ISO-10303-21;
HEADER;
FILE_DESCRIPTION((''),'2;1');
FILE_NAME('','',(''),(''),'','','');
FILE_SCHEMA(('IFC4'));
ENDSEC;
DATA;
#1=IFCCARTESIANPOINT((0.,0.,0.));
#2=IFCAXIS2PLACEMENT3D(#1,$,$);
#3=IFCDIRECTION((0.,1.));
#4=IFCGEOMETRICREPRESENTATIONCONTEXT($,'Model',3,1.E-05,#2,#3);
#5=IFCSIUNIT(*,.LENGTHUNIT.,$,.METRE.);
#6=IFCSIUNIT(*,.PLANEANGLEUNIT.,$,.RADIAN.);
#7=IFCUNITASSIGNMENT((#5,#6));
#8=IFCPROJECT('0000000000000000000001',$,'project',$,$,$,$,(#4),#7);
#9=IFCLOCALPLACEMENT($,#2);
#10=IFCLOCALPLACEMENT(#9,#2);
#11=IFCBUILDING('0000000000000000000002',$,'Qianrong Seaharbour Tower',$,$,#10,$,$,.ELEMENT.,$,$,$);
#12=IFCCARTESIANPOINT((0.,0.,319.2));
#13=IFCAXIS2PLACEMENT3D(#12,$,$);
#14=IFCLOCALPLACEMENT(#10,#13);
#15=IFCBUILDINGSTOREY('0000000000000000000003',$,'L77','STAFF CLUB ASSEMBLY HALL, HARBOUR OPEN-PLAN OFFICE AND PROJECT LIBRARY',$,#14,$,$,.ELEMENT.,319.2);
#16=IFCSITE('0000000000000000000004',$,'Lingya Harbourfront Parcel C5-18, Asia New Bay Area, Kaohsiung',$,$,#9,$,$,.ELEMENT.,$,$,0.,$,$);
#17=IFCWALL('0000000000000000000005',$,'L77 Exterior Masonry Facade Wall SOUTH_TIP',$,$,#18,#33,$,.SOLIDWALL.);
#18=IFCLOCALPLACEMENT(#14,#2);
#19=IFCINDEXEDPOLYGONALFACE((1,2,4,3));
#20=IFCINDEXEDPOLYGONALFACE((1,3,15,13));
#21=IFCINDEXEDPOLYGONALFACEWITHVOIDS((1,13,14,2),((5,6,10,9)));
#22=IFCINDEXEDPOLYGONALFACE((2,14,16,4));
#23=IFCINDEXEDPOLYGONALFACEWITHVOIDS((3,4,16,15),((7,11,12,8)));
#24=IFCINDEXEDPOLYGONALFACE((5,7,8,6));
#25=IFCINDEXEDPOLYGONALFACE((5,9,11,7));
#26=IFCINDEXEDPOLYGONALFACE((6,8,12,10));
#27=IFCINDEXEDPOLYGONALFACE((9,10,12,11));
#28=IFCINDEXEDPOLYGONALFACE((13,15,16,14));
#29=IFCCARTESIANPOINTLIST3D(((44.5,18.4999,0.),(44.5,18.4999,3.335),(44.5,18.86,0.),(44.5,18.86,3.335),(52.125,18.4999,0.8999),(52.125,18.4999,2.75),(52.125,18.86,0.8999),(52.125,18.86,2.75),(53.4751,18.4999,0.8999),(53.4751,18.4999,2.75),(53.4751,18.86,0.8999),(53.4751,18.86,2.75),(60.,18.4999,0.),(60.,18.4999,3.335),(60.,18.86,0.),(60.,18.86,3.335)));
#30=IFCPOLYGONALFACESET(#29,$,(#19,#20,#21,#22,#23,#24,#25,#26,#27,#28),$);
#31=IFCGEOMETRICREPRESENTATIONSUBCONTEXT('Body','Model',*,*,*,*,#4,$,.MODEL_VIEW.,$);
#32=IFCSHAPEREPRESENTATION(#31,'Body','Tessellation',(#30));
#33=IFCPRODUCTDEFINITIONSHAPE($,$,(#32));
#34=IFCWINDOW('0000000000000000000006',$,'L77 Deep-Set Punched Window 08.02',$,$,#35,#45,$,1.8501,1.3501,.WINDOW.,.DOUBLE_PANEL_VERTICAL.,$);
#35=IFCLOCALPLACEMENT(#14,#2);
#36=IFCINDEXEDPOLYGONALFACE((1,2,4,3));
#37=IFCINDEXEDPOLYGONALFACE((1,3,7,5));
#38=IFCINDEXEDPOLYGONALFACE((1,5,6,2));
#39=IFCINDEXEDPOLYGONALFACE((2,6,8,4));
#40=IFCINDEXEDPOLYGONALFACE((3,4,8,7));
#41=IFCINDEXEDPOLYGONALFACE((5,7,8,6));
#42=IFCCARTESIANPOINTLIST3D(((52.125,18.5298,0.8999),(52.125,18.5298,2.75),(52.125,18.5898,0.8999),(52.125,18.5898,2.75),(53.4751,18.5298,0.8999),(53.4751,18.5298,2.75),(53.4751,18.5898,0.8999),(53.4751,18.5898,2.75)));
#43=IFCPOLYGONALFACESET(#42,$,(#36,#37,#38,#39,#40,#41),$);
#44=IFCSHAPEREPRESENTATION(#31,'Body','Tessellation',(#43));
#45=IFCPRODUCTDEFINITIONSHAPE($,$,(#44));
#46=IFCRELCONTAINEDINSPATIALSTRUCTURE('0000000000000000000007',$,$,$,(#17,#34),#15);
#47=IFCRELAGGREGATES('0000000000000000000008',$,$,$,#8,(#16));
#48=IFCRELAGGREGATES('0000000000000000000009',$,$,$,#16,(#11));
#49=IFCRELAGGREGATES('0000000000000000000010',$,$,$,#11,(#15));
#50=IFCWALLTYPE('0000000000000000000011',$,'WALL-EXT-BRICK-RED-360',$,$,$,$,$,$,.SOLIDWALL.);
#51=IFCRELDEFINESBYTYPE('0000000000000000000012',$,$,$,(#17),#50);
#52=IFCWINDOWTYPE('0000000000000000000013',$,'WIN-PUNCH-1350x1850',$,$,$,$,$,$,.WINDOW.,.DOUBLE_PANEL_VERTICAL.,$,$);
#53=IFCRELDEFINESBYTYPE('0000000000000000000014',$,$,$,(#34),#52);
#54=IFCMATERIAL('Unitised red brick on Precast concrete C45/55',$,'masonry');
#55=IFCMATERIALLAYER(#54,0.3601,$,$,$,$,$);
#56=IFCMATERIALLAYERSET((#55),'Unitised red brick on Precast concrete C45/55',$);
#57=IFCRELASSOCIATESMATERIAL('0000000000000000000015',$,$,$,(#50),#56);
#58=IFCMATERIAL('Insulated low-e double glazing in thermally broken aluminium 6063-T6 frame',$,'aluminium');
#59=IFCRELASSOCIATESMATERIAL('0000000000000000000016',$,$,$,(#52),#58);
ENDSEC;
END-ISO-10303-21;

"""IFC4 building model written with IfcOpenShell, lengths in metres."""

from ifc_helpers import new_model, si_unit, direction, frame, frame_2d, origin, place, context, subcontext, project, spatial, rectangle, extrude, material, layer, layer_set, type_object, element, fill, save


model = new_model("IFC4")

# Units and contexts
model_context = context("Model", 3, precision=1e-05, world=origin(), true_north=direction((0.0, 1.0)))
body_context = subcontext(model_context, "Body", "Model", "MODEL_VIEW")
ifc_project = project(units=[si_unit("LENGTHUNIT", "METRE"), si_unit("PLANEANGLEUNIT", "RADIAN")], contexts=[model_context])

# Site, building, storey
site_placement = place(None, origin())
site = spatial("IfcSite", under=ifc_project, at=site_placement, Name="Lingya Harbourfront Parcel C5-18, Asia New Bay Area, Kaohsiung", CompositionType="ELEMENT", RefElevation=0.0)
building_placement = place(site_placement, origin())
building = spatial("IfcBuilding", under=site, at=building_placement, Name="Qianrong Seaharbour Tower", CompositionType="ELEMENT")
storey_placement = place(building_placement, frame((0.0, 0.0, 319.2)))
storey = spatial("IfcBuildingStorey", under=building, at=storey_placement, Name="L77", Description="STAFF CLUB ASSEMBLY HALL, HARBOUR OPEN-PLAN OFFICE AND PROJECT LIBRARY", CompositionType="ELEMENT", Elevation=319.2)

# Shared definitions
ifc_material_1 = material(Name="Unitised red brick on Precast concrete C45/55", Category="masonry")
ifc_layer_1 = layer(ifc_material_1, 0.3601)
ifc_layer_set_1 = layer_set([ifc_layer_1], Name="Unitised red brick on Precast concrete C45/55")
wall_type_1 = type_object("IfcWallType", Name="WALL-EXT-BRICK-RED-360", PredefinedType="SOLIDWALL", material=ifc_layer_set_1)
ifc_material_2 = material(Name="Insulated low-e double glazing in thermally broken aluminium 6063-T6 frame", Category="aluminium")
window_type = type_object("IfcWindowType", Name="WIN-PUNCH-1350x1850", PartitioningType="DOUBLE_PANEL_VERTICAL", PredefinedType="WINDOW", material=ifc_material_2)

# Wall, opening, window
wall_1_placement = place(storey_placement, frame((60.0, 18.6799, 0.0), z_axis=(0.0, 0.0, 1.0), x_axis=(-1.0, 0.0, 0.0)))
wall_1 = element("IfcWall", 1, at=wall_1_placement, inside=storey, type_object=wall_type_1, Name="L77 Exterior Masonry Facade Wall SOUTH_TIP", PredefinedType="SOLIDWALL", context=body_context, shape_type="SweptSolid", body=[
    extrude(rectangle(XDim=15.5, YDim=0.3601, at=frame_2d((7.75, 0.0))), origin(), (0.0, 0.0, 1.0), 3.335),
])
opening_1_placement = place(wall_1_placement, frame((6.5249, 0.0, 0.8999)))
opening_1 = element("IfcOpeningElement", 2, at=opening_1_placement, cuts=wall_1, PredefinedType="OPENING", context=body_context, shape_type="SweptSolid", body=[
    extrude(rectangle(XDim=1.3501, YDim=1.8501, at=frame_2d((0.675, 0.925))), frame((0.0, 0.1899, 0.0), z_axis=(0.0, -1.0, 0.0), x_axis=(1.0, 0.0, 0.0)), (0.0, 0.0, 1.0), 0.3801),
])
window_1_placement = place(opening_1_placement, origin())
window_1 = element("IfcWindow", 3, at=window_1_placement, inside=storey, type_object=window_type, Name="L77 Deep-Set Punched Window 08.02", OverallHeight=1.8501, OverallWidth=1.3501, PartitioningType="DOUBLE_PANEL_VERTICAL", PredefinedType="WINDOW", context=body_context, shape_type="SweptSolid", body=[
    extrude(rectangle(XDim=1.3501, YDim=1.8501, at=frame_2d((0.675, 0.925))), frame((0.0, 0.1501, 0.0), z_axis=(0.0, -1.0, 0.0), x_axis=(1.0, 0.0, 0.0)), (0.0, 0.0, 1.0), 0.0601),
])
fill(opening_1, window_1)

save(model, "model.ifc")
